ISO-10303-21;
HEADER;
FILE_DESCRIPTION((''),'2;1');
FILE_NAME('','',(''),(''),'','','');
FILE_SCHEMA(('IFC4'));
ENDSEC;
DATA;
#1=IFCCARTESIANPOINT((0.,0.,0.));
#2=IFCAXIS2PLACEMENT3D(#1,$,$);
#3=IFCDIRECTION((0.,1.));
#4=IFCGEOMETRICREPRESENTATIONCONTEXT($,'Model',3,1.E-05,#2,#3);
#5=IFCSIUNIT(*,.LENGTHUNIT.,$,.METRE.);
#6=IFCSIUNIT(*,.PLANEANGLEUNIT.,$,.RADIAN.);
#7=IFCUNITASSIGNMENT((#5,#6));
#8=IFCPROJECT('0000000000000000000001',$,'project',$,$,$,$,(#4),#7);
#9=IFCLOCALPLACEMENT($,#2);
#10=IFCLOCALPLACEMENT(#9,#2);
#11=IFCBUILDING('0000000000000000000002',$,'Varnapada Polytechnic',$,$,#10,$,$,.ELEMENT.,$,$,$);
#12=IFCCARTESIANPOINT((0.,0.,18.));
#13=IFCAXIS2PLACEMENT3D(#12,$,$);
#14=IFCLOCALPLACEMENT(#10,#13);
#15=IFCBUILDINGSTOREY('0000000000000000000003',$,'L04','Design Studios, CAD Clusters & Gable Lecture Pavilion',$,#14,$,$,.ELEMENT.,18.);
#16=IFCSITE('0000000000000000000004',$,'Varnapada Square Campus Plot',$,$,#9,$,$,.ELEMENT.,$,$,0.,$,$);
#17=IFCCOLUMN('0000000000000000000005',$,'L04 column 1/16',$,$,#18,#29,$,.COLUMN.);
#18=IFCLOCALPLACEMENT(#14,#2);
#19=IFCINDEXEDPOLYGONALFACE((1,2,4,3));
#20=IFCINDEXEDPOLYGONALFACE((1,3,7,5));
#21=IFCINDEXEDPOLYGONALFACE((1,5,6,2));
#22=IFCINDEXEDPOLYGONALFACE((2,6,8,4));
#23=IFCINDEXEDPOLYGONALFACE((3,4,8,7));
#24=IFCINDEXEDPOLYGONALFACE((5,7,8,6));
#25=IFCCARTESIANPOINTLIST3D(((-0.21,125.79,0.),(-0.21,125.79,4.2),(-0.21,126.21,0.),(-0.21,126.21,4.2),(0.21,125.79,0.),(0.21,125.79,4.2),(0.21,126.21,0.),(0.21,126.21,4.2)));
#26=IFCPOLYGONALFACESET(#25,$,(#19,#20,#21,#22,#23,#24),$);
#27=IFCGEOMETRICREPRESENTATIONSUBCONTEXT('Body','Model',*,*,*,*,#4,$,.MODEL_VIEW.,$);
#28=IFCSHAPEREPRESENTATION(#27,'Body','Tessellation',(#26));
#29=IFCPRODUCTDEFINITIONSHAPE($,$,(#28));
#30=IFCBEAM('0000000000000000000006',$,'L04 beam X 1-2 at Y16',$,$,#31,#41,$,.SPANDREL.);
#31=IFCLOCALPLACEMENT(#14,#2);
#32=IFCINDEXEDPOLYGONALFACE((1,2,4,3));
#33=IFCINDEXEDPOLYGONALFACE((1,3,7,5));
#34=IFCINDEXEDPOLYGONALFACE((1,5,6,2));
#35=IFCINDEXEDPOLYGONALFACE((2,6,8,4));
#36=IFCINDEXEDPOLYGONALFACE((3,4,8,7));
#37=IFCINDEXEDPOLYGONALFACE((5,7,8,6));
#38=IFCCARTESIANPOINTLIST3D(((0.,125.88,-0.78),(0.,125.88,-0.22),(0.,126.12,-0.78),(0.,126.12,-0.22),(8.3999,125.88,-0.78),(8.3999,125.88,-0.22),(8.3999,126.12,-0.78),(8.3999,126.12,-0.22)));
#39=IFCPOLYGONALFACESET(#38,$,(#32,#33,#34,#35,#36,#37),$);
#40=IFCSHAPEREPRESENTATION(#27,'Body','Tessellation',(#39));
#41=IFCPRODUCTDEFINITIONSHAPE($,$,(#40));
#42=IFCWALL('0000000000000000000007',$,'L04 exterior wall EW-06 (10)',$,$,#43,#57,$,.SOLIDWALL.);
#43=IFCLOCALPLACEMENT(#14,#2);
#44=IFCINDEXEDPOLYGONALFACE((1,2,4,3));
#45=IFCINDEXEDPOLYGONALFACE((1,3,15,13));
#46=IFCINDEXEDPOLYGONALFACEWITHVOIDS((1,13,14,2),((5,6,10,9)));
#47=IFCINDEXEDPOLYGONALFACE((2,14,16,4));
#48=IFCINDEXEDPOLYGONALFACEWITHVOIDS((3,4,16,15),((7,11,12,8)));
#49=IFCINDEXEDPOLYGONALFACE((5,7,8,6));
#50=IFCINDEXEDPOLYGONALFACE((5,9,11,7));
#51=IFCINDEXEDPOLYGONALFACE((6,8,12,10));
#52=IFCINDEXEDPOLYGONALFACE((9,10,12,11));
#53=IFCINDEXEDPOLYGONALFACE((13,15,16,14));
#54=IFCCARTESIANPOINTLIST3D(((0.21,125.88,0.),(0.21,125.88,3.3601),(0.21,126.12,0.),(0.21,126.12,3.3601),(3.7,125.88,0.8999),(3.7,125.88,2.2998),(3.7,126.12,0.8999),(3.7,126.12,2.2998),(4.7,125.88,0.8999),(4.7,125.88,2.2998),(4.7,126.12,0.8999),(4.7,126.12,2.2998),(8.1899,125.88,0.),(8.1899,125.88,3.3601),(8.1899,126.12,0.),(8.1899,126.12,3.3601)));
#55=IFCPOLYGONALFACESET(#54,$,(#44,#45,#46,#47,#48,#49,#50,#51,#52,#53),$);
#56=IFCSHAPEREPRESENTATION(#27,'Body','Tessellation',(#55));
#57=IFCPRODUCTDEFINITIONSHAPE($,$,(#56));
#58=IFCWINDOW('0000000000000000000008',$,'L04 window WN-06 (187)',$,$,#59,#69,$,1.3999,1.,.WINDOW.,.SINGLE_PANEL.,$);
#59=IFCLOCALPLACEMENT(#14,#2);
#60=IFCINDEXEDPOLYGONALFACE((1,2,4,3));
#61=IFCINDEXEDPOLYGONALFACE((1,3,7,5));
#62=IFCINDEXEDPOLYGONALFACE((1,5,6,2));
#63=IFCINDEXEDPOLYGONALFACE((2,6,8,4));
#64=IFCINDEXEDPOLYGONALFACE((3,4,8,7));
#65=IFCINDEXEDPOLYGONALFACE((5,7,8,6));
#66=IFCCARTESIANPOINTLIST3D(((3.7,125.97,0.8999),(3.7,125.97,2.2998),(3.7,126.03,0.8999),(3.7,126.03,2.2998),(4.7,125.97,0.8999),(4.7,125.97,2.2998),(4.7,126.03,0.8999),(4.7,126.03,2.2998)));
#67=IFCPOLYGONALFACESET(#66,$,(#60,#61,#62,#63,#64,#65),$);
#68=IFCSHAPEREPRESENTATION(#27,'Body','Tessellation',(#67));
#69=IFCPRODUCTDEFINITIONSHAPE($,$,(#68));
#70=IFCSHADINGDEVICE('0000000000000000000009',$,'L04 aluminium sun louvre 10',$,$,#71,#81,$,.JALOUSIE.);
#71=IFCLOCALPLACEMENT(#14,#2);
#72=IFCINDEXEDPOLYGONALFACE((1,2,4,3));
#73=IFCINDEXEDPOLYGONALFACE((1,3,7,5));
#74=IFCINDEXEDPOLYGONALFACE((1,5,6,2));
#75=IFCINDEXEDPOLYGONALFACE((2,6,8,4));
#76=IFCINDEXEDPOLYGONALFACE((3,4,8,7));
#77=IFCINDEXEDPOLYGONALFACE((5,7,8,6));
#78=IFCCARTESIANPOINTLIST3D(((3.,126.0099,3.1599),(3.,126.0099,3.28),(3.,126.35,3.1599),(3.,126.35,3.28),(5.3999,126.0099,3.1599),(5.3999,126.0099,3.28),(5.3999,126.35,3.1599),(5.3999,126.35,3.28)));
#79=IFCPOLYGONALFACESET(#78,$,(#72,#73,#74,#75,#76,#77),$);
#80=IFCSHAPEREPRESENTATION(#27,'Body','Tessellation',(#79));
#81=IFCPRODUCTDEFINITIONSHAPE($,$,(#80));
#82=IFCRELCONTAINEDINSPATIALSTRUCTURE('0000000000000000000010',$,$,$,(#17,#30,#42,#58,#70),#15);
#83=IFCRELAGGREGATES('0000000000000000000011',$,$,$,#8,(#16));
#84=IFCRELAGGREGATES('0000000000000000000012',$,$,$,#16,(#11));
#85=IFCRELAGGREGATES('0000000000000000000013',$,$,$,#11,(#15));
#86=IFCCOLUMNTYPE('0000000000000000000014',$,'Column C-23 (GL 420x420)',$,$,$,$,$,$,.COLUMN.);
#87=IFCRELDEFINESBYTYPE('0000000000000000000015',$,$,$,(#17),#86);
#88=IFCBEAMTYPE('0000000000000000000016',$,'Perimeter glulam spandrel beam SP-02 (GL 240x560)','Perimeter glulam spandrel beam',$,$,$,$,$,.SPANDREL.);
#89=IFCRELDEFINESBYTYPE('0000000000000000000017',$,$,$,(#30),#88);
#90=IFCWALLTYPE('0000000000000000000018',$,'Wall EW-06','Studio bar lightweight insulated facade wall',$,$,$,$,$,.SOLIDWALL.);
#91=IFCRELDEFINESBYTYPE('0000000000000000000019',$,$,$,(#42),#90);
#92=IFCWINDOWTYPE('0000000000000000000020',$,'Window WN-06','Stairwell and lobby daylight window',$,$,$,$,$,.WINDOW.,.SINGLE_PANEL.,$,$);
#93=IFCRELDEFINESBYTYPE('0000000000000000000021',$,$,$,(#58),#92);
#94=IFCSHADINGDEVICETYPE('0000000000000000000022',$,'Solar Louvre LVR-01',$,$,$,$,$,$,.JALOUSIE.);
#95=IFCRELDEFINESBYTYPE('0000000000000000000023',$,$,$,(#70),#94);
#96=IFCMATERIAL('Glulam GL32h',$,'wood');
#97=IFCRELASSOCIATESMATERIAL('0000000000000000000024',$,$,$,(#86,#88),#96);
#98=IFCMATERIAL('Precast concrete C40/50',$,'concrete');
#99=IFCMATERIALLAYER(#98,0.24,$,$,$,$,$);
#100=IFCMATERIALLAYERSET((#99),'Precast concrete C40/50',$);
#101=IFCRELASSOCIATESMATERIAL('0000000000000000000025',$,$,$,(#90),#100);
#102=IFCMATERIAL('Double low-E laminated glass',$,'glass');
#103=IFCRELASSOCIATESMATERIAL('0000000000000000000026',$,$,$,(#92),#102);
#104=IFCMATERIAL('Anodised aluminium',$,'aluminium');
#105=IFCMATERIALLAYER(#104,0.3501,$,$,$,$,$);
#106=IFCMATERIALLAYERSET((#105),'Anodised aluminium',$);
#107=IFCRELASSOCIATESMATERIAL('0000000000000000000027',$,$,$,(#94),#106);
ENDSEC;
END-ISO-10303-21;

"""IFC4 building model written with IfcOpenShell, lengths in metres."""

from ifc_helpers import new_model, si_unit, direction, frame, frame_2d, origin, origin_2d, place, context, subcontext, project, spatial, rectangle, extrude, material, layer, layer_set, material_profile, profile_set, type_object, element, fill, save


model = new_model("IFC4")

# Units and contexts
model_context = context("Model", 3, precision=1e-05, world=origin(), true_north=direction((0.0, 1.0)))
body_context = subcontext(model_context, "Body", "Model", "MODEL_VIEW")
ifc_project = project(units=[si_unit("LENGTHUNIT", "METRE"), si_unit("PLANEANGLEUNIT", "RADIAN")], contexts=[model_context])

# Site, building, storey
site_placement = place(None, origin())
site = spatial("IfcSite", under=ifc_project, at=site_placement, Name="Varnapada Square Campus Plot", CompositionType="ELEMENT", RefElevation=0.0)
building_placement = place(site_placement, origin())
building = spatial("IfcBuilding", under=site, at=building_placement, Name="Varnapada Polytechnic", CompositionType="ELEMENT")
storey_placement = place(building_placement, frame((0.0, 0.0, 18.0)))
storey = spatial("IfcBuildingStorey", under=building, at=storey_placement, Name="L04", Description="Design Studios, CAD Clusters & Gable Lecture Pavilion", CompositionType="ELEMENT", Elevation=18.0)

# Column
ifc_material_1 = material(Name="Glulam GL32h", Category="wood")
ifc_material_profile_1 = material_profile(ifc_material_1, rectangle(XDim=0.4199, YDim=0.4199, at=origin_2d()), Name="GL 420x420")
ifc_profile_set_1 = profile_set([ifc_material_profile_1], Name="Glulam GL32h")
column_type = type_object("IfcColumnType", Name="Column C-23 (GL 420x420)", PredefinedType="COLUMN", material=ifc_profile_set_1)
column_placement = place(storey_placement, frame((0.0, 126.0, 0.0), z_axis=(0.0, 0.0, 1.0), x_axis=(1.0, 0.0, 0.0)))
element("IfcColumn", 1, at=column_placement, inside=storey, type_object=column_type, Name="L04 column 1/16", PredefinedType="COLUMN", context=body_context, shape_type="SweptSolid", body=[
    extrude(rectangle(XDim=0.4199, YDim=0.4199, at=origin_2d()), origin(), (0.0, 0.0, 1.0), 4.2),
])

# Beam
ifc_material_profile_2 = material_profile(ifc_material_1, rectangle(XDim=0.24, YDim=0.5601, at=origin_2d()), Name="GL 240x560")
ifc_profile_set_2 = profile_set([ifc_material_profile_2], Name="Glulam GL32h")
beam_type = type_object("IfcBeamType", Name="Perimeter glulam spandrel beam SP-02 (GL 240x560)", Description="Perimeter glulam spandrel beam", PredefinedType="SPANDREL", material=ifc_profile_set_2)
beam_placement = place(storey_placement, frame((0.0, 126.0, -0.5), z_axis=(1.0, 0.0, 0.0), x_axis=(0.0, 1.0, 0.0)))
element("IfcBeam", 2, at=beam_placement, inside=storey, type_object=beam_type, Name="L04 beam X 1-2 at Y16", PredefinedType="SPANDREL", context=body_context, shape_type="SweptSolid", body=[
    extrude(rectangle(XDim=0.24, YDim=0.5601, at=origin_2d()), origin(), (0.0, 0.0, 1.0), 8.3999),
])

# Wall, opening, window
ifc_material_2 = material(Name="Precast concrete C40/50", Category="concrete")
ifc_layer_1 = layer(ifc_material_2, 0.24)
ifc_layer_set_1 = layer_set([ifc_layer_1], Name="Precast concrete C40/50")
wall_type = type_object("IfcWallType", Name="Wall EW-06", Description="Studio bar lightweight insulated facade wall", PredefinedType="SOLIDWALL", material=ifc_layer_set_1)
wall_placement = place(storey_placement, frame((0.21, 126.0, 0.0), z_axis=(0.0, 0.0, 1.0), x_axis=(1.0, 0.0, 0.0)))
wall = element("IfcWall", 3, at=wall_placement, inside=storey, type_object=wall_type, Name="L04 exterior wall EW-06 (10)", PredefinedType="SOLIDWALL", context=body_context, shape_type="SweptSolid", body=[
    extrude(rectangle(XDim=7.98, YDim=0.24, at=frame_2d((3.99, 0.0))), origin(), (0.0, 0.0, 1.0), 3.3601),
])
opening_1_placement = place(wall_placement, frame((3.49, 0.0, 0.8999)))
opening_1 = element("IfcOpeningElement", 4, at=opening_1_placement, cuts=wall, PredefinedType="OPENING", context=body_context, shape_type="SweptSolid", body=[
    extrude(rectangle(XDim=1.0, YDim=1.3999, at=frame_2d((0.5, 0.7))), frame((0.0, 0.1299, 0.0), z_axis=(0.0, -1.0, 0.0), x_axis=(1.0, 0.0, 0.0)), (0.0, 0.0, 1.0), 0.26),
])
ifc_material_3 = material(Name="Double low-E laminated glass", Category="glass")
window_type = type_object("IfcWindowType", Name="Window WN-06", Description="Stairwell and lobby daylight window", PartitioningType="SINGLE_PANEL", PredefinedType="WINDOW", material=ifc_material_3)
window_placement = place(opening_1_placement, origin())
window = element("IfcWindow", 5, at=window_placement, inside=storey, type_object=window_type, Name="L04 window WN-06 (187)", OverallHeight=1.3999, OverallWidth=1.0, PartitioningType="SINGLE_PANEL", PredefinedType="WINDOW", context=body_context, shape_type="SweptSolid", body=[
    extrude(rectangle(XDim=1.0, YDim=1.3999, at=frame_2d((0.5, 0.7))), frame((0.0, 0.03, 0.0), z_axis=(0.0, -1.0, 0.0), x_axis=(1.0, 0.0, 0.0)), (0.0, 0.0, 1.0), 0.0601),
])
fill(opening_1, window)

# Shading device
ifc_material_4 = material(Name="Anodised aluminium", Category="aluminium")
ifc_layer_2 = layer(ifc_material_4, 0.3501)
ifc_layer_set_2 = layer_set([ifc_layer_2], Name="Anodised aluminium")
shading_device_type_1 = type_object("IfcShadingDeviceType", Name="Solar Louvre LVR-01", PredefinedType="JALOUSIE", material=ifc_layer_set_2)
shading_device_1_placement = place(storey_placement, frame((4.2, 126.1799, 3.1599), z_axis=(0.0, 0.0, 1.0), x_axis=(1.0, 0.0, 0.0)))
element("IfcShadingDevice", 6, at=shading_device_1_placement, inside=storey, type_object=shading_device_type_1, Name="L04 aluminium sun louvre 10", PredefinedType="JALOUSIE", context=body_context, shape_type="SweptSolid", body=[
    extrude(rectangle(XDim=2.3999, YDim=0.3401, at=origin_2d()), origin(), (0.0, 0.0, 1.0), 0.1201),
])

save(model, "model.ifc")
